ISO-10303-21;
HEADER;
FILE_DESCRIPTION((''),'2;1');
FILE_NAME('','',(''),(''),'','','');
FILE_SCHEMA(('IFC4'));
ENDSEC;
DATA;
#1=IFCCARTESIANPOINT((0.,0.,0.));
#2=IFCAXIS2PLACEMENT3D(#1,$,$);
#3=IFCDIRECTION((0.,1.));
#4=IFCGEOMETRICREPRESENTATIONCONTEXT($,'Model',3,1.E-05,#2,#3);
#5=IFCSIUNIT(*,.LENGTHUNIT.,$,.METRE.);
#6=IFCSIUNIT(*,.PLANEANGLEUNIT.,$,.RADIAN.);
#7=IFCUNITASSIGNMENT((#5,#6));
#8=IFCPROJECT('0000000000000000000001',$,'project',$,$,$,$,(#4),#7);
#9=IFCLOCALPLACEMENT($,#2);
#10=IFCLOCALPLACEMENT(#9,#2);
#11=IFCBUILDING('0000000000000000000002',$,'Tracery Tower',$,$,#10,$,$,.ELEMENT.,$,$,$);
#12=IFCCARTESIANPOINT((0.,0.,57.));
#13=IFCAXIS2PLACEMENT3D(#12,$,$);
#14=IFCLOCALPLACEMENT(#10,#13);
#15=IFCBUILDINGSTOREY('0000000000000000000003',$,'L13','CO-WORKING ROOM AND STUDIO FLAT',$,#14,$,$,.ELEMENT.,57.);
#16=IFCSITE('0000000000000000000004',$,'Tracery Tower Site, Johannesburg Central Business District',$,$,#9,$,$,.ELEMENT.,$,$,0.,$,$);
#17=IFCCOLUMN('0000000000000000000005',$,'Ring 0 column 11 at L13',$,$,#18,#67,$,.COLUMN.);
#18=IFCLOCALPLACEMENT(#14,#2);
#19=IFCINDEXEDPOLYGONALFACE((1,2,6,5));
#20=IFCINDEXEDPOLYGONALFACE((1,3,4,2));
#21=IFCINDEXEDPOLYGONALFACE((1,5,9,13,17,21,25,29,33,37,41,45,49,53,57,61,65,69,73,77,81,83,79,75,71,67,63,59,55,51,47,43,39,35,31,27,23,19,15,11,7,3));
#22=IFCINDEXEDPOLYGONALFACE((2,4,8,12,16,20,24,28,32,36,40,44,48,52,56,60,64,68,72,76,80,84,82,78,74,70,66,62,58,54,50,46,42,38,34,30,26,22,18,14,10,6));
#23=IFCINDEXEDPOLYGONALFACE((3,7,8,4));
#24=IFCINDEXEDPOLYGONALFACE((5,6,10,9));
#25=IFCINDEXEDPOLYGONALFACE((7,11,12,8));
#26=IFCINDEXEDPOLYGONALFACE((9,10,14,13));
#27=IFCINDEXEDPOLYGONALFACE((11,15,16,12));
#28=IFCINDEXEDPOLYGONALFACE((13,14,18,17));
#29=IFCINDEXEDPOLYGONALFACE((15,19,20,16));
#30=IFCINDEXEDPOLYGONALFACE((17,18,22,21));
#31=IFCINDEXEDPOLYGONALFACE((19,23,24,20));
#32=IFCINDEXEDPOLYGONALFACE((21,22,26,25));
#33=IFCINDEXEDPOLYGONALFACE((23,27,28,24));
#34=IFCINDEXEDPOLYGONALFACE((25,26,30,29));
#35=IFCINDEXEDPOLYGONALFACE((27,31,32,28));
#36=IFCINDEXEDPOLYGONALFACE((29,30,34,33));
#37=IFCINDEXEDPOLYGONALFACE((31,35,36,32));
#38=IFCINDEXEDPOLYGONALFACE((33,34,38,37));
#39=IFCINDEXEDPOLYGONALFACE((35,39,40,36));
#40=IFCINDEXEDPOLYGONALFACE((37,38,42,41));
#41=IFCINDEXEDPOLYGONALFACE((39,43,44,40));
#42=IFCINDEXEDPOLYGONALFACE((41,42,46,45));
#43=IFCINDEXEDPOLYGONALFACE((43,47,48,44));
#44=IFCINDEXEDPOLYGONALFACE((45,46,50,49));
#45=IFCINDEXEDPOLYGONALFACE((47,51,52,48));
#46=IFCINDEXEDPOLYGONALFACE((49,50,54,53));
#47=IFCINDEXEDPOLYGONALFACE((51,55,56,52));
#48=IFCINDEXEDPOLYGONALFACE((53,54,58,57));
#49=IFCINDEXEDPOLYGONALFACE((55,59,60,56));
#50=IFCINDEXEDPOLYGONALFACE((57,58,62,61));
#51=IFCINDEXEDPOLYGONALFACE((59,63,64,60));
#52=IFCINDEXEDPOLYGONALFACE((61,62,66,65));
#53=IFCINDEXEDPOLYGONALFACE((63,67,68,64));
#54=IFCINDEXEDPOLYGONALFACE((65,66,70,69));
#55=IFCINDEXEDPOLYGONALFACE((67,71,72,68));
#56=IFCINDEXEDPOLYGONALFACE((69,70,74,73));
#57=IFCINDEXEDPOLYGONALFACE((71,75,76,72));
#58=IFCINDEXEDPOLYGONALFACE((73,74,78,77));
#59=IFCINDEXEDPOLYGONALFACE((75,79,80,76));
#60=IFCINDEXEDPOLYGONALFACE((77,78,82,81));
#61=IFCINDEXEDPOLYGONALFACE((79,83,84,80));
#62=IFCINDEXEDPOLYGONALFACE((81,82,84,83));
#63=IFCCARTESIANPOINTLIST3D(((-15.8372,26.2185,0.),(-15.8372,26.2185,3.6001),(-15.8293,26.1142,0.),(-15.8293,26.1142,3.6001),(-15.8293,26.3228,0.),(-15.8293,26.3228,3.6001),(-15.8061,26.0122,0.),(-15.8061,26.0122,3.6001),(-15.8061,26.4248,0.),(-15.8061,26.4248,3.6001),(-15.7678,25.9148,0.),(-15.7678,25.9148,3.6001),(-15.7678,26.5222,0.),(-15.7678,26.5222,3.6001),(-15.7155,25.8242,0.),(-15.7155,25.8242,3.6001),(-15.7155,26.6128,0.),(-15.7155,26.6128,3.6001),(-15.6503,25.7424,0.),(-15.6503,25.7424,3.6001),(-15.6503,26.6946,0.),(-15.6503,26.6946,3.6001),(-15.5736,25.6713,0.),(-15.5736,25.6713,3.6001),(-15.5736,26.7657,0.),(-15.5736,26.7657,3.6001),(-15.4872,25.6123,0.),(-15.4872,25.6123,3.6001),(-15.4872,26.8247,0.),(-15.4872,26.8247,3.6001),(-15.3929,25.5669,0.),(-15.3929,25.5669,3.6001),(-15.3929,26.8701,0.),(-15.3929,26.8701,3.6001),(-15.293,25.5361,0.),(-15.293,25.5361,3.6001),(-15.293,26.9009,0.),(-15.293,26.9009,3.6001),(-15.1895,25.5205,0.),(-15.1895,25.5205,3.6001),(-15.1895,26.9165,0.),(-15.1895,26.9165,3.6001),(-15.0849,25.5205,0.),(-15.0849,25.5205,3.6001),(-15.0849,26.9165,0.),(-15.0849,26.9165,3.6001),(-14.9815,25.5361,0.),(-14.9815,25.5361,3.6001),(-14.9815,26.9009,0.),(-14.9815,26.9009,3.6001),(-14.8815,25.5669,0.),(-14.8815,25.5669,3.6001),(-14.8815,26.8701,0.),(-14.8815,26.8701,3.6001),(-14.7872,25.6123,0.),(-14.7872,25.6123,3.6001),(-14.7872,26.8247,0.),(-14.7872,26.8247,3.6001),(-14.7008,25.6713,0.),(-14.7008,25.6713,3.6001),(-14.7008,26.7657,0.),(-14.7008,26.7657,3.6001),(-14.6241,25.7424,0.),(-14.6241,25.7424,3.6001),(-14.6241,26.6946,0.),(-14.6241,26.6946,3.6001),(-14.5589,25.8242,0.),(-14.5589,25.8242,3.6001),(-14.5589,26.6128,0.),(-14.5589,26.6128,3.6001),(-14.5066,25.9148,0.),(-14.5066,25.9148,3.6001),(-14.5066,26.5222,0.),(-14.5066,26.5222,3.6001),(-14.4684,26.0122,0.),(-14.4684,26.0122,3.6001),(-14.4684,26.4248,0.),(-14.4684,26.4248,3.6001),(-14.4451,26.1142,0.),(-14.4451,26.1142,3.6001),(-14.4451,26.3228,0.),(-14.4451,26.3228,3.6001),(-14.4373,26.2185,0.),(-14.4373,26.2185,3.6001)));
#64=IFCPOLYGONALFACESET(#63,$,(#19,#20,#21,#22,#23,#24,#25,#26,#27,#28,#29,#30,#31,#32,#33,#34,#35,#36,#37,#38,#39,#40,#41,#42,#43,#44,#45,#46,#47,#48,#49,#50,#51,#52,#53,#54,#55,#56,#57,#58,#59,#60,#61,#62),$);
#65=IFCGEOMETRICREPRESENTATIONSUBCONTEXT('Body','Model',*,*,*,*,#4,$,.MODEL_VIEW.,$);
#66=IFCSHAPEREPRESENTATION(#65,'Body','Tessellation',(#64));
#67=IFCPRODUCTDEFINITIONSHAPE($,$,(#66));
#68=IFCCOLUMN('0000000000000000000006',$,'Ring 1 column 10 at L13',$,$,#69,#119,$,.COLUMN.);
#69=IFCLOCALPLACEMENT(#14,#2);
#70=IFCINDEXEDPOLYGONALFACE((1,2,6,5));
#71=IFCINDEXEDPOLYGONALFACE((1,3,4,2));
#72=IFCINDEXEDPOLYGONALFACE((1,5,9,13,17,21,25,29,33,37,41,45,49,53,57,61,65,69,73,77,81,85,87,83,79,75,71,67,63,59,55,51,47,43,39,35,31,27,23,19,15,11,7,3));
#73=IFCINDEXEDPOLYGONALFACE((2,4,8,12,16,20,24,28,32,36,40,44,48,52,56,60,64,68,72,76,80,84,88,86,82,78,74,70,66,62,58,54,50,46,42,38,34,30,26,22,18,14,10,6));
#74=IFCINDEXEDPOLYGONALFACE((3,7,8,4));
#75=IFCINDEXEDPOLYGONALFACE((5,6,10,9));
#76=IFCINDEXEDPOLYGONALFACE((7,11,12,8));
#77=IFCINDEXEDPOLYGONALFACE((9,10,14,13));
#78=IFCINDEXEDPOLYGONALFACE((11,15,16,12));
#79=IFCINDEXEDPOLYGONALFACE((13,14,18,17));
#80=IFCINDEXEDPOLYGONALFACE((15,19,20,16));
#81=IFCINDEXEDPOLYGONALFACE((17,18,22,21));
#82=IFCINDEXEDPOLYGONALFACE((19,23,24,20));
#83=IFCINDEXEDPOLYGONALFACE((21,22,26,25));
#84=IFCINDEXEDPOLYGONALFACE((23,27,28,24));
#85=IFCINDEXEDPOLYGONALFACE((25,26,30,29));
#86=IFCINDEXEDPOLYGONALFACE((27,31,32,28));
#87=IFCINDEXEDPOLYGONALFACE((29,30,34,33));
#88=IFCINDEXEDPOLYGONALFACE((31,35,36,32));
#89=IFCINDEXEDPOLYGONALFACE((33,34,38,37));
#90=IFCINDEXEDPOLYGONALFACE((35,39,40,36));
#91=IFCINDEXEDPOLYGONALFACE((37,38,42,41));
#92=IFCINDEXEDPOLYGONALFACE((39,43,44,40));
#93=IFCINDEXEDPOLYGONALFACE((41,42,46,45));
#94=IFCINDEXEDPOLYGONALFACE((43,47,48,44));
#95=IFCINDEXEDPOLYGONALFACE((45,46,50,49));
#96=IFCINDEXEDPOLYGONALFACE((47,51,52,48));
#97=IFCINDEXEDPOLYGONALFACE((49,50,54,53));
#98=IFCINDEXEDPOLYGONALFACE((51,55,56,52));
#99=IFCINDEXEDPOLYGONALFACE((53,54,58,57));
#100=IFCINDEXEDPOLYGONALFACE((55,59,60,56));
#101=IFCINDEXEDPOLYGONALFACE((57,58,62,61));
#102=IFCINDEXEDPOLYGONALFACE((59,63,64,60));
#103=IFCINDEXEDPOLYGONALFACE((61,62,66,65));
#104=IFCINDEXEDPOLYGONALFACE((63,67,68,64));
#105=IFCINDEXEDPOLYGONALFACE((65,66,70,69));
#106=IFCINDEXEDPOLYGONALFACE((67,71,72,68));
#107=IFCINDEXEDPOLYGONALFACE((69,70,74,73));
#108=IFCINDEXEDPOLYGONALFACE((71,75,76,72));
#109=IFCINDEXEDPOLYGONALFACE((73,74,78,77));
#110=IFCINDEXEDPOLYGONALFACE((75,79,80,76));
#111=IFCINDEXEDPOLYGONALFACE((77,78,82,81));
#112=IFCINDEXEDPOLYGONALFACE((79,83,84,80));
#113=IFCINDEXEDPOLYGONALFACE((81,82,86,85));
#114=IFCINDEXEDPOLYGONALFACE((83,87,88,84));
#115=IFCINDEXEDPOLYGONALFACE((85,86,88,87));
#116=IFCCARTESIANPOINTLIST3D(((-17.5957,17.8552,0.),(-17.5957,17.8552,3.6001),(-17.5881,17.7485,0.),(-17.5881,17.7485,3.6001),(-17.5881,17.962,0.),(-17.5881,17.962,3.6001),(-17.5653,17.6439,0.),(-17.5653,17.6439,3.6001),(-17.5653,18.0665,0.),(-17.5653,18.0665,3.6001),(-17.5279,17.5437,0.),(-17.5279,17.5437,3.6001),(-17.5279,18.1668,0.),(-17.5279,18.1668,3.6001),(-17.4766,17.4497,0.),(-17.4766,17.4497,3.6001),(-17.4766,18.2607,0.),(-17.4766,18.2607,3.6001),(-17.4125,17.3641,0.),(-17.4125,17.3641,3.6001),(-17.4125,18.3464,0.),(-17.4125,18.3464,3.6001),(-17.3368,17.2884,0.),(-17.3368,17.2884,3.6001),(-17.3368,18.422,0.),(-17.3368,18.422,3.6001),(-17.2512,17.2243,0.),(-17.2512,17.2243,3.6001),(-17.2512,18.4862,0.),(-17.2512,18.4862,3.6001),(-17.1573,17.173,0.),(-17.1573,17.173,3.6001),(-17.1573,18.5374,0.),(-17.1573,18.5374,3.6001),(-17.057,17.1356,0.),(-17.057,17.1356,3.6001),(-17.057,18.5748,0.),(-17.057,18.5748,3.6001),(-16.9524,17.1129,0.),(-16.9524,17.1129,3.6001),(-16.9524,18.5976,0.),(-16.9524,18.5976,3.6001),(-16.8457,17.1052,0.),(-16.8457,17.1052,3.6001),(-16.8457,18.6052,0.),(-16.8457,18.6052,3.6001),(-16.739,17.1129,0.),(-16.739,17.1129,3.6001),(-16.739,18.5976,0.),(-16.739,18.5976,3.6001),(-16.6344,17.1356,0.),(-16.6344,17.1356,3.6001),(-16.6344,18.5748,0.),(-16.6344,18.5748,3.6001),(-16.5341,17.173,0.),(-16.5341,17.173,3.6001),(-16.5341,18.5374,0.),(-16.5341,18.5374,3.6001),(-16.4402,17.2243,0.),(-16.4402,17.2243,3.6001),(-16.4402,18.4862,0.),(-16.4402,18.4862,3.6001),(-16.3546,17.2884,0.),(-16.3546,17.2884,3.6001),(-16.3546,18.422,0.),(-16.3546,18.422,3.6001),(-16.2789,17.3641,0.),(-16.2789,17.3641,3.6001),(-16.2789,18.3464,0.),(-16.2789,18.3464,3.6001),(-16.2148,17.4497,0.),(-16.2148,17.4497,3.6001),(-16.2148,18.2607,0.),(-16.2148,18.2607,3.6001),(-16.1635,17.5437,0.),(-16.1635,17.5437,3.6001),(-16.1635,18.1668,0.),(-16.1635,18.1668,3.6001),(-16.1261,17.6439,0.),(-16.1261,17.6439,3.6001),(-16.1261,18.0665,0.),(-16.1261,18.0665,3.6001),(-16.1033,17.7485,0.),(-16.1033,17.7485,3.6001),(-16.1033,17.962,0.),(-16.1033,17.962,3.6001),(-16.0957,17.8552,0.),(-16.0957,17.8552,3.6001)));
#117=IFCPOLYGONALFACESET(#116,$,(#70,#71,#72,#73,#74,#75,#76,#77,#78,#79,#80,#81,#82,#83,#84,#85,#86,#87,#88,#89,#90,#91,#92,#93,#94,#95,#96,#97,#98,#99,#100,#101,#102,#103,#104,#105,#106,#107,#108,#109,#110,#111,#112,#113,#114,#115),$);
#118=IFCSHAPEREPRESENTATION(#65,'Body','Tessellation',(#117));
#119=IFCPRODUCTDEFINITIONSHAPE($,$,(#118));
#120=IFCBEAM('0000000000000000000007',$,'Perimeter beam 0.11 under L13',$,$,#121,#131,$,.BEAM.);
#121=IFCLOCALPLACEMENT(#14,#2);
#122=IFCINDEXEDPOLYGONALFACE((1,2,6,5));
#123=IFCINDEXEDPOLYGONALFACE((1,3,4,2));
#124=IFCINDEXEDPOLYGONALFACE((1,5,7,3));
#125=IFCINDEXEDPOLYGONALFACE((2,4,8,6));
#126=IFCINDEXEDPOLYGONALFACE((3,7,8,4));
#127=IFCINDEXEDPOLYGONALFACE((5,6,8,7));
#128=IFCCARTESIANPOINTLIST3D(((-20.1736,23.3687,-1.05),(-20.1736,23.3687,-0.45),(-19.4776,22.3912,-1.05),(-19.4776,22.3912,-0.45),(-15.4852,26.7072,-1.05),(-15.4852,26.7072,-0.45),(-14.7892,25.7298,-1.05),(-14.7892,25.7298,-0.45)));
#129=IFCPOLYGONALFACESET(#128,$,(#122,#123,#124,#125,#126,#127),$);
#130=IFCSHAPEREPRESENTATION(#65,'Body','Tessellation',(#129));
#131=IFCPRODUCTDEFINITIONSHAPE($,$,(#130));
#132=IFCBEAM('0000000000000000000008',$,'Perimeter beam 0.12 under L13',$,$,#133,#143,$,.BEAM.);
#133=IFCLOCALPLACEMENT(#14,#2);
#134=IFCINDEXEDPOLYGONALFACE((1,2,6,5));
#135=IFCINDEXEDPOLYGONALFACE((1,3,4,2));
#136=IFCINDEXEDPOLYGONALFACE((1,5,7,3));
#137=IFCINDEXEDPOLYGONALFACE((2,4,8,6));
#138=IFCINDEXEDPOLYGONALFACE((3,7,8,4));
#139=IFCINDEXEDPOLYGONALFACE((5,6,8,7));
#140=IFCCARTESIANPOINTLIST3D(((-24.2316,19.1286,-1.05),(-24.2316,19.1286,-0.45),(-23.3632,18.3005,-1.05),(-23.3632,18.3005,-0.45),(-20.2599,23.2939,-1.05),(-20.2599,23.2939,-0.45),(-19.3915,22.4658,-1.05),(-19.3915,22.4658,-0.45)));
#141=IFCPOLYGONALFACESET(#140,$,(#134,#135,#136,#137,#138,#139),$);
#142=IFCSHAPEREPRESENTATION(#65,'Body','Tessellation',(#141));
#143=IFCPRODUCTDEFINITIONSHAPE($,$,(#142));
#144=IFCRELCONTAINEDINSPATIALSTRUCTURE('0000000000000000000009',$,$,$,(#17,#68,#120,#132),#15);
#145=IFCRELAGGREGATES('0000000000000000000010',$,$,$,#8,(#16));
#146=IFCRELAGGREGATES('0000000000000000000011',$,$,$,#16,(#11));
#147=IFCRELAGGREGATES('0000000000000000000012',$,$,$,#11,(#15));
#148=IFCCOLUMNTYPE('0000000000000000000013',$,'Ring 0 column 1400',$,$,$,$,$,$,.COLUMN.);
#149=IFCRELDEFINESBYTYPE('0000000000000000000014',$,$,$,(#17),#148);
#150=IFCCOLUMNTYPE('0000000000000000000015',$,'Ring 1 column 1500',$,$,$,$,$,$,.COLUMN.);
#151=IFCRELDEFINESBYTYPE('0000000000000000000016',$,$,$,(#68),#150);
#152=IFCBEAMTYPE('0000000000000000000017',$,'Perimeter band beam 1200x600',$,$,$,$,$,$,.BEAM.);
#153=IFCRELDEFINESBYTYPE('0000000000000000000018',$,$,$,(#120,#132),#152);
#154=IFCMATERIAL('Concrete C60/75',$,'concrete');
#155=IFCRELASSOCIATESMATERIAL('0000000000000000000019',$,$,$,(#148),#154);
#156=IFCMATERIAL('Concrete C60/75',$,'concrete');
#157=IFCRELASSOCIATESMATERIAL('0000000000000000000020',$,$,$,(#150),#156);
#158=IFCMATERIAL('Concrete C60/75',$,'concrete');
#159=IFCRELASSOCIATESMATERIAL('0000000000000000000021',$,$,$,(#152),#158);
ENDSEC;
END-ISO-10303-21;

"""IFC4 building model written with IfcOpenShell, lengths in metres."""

from ifc_helpers import new_model, si_unit, direction, frame, origin, origin_2d, place, context, subcontext, project, spatial, rectangle, circle, extrude, material, material_profile, profile_set, type_object, element, save


model = new_model("IFC4")

# Units and contexts
model_context = context("Model", 3, precision=1e-05, world=origin(), true_north=direction((0.0, 1.0)))
body_context = subcontext(model_context, "Body", "Model", "MODEL_VIEW")
ifc_project = project(units=[si_unit("LENGTHUNIT", "METRE"), si_unit("PLANEANGLEUNIT", "RADIAN")], contexts=[model_context])

# Site, building, storey
site_placement = place(None, origin())
site = spatial("IfcSite", under=ifc_project, at=site_placement, Name="Tracery Tower Site, Johannesburg Central Business District", CompositionType="ELEMENT", RefElevation=0.0)
building_placement = place(site_placement, origin())
building = spatial("IfcBuilding", under=site, at=building_placement, Name="Tracery Tower", CompositionType="ELEMENT")
storey_placement = place(building_placement, frame((0.0, 0.0, 57.0)))
storey = spatial("IfcBuildingStorey", under=building, at=storey_placement, Name="L13", Description="CO-WORKING ROOM AND STUDIO FLAT", CompositionType="ELEMENT", Elevation=57.0)

# Columns
ifc_material_1 = material(Name="Concrete C60/75", Category="concrete")
ifc_material_profile_1 = material_profile(ifc_material_1, circle(Radius=0.7, at=origin_2d()), Name="RC D1400")
ifc_profile_set_1 = profile_set([ifc_material_profile_1], Name="Concrete C60/75")
column_type_1 = type_object("IfcColumnType", Name="Ring 0 column 1400", PredefinedType="COLUMN", material=ifc_profile_set_1)
column_1_placement = place(storey_placement, frame((-15.1372, 26.2185, 0.0), z_axis=(0.0, 0.0, 1.0), x_axis=(1.0, 0.0, 0.0)))
element("IfcColumn", 1, at=column_1_placement, inside=storey, type_object=column_type_1, Name="Ring 0 column 11 at L13", PredefinedType="COLUMN", context=body_context, shape_type="SweptSolid", body=[
    extrude(circle(Radius=0.7, at=origin_2d()), origin(), (0.0, 0.0, 1.0), 3.6001),
])
ifc_material_2 = material(Name="Concrete C60/75", Category="concrete")
ifc_material_profile_2 = material_profile(ifc_material_2, circle(Radius=0.75, at=origin_2d()), Name="RC D1500")
ifc_profile_set_2 = profile_set([ifc_material_profile_2], Name="Concrete C60/75")
column_type_2 = type_object("IfcColumnType", Name="Ring 1 column 1500", PredefinedType="COLUMN", material=ifc_profile_set_2)
column_2_placement = place(storey_placement, frame((-16.8457, 17.8552, 0.0), z_axis=(0.0, 0.0, 1.0), x_axis=(1.0, 0.0, 0.0)))
element("IfcColumn", 2, at=column_2_placement, inside=storey, type_object=column_type_2, Name="Ring 1 column 10 at L13", PredefinedType="COLUMN", context=body_context, shape_type="SweptSolid", body=[
    extrude(circle(Radius=0.75, at=origin_2d()), origin(), (0.0, 0.0, 1.0), 3.6001),
])

# Beams
ifc_material_3 = material(Name="Concrete C60/75", Category="concrete")
ifc_material_profile_3 = material_profile(ifc_material_3, rectangle(XDim=1.2, YDim=0.6001, at=origin_2d()), Name="RC 1200x600")
ifc_profile_set_3 = profile_set([ifc_material_profile_3], Name="Concrete C60/75")
beam_type = type_object("IfcBeamType", Name="Perimeter band beam 1200x600", PredefinedType="BEAM", material=ifc_profile_set_3)
beam_1_placement = place(storey_placement, frame((-15.1372, 26.2185, -0.75), z_axis=(-0.814578, -0.580054, 0.0), x_axis=(0.580054, -0.814578, 0.0)))
element("IfcBeam", 3, at=beam_1_placement, inside=storey, type_object=beam_type, Name="Perimeter beam 0.11 under L13", PredefinedType="BEAM", context=body_context, shape_type="SweptSolid", body=[
    extrude(rectangle(XDim=1.2, YDim=0.6001, at=origin_2d()), origin(), (0.0, 0.0, 1.0), 5.7556),
])
beam_2_placement = place(storey_placement, frame((-19.8257, 22.8799, -0.75), z_axis=(-0.690087, -0.723726, 0.0), x_axis=(0.723726, -0.690087, 0.0)))
element("IfcBeam", 4, at=beam_2_placement, inside=storey, type_object=beam_type, Name="Perimeter beam 0.12 under L13", PredefinedType="BEAM", context=body_context, shape_type="SweptSolid", body=[
    extrude(rectangle(XDim=1.2, YDim=0.6001, at=origin_2d()), origin(), (0.0, 0.0, 1.0), 5.7554),
])

save(model, "model.ifc")
